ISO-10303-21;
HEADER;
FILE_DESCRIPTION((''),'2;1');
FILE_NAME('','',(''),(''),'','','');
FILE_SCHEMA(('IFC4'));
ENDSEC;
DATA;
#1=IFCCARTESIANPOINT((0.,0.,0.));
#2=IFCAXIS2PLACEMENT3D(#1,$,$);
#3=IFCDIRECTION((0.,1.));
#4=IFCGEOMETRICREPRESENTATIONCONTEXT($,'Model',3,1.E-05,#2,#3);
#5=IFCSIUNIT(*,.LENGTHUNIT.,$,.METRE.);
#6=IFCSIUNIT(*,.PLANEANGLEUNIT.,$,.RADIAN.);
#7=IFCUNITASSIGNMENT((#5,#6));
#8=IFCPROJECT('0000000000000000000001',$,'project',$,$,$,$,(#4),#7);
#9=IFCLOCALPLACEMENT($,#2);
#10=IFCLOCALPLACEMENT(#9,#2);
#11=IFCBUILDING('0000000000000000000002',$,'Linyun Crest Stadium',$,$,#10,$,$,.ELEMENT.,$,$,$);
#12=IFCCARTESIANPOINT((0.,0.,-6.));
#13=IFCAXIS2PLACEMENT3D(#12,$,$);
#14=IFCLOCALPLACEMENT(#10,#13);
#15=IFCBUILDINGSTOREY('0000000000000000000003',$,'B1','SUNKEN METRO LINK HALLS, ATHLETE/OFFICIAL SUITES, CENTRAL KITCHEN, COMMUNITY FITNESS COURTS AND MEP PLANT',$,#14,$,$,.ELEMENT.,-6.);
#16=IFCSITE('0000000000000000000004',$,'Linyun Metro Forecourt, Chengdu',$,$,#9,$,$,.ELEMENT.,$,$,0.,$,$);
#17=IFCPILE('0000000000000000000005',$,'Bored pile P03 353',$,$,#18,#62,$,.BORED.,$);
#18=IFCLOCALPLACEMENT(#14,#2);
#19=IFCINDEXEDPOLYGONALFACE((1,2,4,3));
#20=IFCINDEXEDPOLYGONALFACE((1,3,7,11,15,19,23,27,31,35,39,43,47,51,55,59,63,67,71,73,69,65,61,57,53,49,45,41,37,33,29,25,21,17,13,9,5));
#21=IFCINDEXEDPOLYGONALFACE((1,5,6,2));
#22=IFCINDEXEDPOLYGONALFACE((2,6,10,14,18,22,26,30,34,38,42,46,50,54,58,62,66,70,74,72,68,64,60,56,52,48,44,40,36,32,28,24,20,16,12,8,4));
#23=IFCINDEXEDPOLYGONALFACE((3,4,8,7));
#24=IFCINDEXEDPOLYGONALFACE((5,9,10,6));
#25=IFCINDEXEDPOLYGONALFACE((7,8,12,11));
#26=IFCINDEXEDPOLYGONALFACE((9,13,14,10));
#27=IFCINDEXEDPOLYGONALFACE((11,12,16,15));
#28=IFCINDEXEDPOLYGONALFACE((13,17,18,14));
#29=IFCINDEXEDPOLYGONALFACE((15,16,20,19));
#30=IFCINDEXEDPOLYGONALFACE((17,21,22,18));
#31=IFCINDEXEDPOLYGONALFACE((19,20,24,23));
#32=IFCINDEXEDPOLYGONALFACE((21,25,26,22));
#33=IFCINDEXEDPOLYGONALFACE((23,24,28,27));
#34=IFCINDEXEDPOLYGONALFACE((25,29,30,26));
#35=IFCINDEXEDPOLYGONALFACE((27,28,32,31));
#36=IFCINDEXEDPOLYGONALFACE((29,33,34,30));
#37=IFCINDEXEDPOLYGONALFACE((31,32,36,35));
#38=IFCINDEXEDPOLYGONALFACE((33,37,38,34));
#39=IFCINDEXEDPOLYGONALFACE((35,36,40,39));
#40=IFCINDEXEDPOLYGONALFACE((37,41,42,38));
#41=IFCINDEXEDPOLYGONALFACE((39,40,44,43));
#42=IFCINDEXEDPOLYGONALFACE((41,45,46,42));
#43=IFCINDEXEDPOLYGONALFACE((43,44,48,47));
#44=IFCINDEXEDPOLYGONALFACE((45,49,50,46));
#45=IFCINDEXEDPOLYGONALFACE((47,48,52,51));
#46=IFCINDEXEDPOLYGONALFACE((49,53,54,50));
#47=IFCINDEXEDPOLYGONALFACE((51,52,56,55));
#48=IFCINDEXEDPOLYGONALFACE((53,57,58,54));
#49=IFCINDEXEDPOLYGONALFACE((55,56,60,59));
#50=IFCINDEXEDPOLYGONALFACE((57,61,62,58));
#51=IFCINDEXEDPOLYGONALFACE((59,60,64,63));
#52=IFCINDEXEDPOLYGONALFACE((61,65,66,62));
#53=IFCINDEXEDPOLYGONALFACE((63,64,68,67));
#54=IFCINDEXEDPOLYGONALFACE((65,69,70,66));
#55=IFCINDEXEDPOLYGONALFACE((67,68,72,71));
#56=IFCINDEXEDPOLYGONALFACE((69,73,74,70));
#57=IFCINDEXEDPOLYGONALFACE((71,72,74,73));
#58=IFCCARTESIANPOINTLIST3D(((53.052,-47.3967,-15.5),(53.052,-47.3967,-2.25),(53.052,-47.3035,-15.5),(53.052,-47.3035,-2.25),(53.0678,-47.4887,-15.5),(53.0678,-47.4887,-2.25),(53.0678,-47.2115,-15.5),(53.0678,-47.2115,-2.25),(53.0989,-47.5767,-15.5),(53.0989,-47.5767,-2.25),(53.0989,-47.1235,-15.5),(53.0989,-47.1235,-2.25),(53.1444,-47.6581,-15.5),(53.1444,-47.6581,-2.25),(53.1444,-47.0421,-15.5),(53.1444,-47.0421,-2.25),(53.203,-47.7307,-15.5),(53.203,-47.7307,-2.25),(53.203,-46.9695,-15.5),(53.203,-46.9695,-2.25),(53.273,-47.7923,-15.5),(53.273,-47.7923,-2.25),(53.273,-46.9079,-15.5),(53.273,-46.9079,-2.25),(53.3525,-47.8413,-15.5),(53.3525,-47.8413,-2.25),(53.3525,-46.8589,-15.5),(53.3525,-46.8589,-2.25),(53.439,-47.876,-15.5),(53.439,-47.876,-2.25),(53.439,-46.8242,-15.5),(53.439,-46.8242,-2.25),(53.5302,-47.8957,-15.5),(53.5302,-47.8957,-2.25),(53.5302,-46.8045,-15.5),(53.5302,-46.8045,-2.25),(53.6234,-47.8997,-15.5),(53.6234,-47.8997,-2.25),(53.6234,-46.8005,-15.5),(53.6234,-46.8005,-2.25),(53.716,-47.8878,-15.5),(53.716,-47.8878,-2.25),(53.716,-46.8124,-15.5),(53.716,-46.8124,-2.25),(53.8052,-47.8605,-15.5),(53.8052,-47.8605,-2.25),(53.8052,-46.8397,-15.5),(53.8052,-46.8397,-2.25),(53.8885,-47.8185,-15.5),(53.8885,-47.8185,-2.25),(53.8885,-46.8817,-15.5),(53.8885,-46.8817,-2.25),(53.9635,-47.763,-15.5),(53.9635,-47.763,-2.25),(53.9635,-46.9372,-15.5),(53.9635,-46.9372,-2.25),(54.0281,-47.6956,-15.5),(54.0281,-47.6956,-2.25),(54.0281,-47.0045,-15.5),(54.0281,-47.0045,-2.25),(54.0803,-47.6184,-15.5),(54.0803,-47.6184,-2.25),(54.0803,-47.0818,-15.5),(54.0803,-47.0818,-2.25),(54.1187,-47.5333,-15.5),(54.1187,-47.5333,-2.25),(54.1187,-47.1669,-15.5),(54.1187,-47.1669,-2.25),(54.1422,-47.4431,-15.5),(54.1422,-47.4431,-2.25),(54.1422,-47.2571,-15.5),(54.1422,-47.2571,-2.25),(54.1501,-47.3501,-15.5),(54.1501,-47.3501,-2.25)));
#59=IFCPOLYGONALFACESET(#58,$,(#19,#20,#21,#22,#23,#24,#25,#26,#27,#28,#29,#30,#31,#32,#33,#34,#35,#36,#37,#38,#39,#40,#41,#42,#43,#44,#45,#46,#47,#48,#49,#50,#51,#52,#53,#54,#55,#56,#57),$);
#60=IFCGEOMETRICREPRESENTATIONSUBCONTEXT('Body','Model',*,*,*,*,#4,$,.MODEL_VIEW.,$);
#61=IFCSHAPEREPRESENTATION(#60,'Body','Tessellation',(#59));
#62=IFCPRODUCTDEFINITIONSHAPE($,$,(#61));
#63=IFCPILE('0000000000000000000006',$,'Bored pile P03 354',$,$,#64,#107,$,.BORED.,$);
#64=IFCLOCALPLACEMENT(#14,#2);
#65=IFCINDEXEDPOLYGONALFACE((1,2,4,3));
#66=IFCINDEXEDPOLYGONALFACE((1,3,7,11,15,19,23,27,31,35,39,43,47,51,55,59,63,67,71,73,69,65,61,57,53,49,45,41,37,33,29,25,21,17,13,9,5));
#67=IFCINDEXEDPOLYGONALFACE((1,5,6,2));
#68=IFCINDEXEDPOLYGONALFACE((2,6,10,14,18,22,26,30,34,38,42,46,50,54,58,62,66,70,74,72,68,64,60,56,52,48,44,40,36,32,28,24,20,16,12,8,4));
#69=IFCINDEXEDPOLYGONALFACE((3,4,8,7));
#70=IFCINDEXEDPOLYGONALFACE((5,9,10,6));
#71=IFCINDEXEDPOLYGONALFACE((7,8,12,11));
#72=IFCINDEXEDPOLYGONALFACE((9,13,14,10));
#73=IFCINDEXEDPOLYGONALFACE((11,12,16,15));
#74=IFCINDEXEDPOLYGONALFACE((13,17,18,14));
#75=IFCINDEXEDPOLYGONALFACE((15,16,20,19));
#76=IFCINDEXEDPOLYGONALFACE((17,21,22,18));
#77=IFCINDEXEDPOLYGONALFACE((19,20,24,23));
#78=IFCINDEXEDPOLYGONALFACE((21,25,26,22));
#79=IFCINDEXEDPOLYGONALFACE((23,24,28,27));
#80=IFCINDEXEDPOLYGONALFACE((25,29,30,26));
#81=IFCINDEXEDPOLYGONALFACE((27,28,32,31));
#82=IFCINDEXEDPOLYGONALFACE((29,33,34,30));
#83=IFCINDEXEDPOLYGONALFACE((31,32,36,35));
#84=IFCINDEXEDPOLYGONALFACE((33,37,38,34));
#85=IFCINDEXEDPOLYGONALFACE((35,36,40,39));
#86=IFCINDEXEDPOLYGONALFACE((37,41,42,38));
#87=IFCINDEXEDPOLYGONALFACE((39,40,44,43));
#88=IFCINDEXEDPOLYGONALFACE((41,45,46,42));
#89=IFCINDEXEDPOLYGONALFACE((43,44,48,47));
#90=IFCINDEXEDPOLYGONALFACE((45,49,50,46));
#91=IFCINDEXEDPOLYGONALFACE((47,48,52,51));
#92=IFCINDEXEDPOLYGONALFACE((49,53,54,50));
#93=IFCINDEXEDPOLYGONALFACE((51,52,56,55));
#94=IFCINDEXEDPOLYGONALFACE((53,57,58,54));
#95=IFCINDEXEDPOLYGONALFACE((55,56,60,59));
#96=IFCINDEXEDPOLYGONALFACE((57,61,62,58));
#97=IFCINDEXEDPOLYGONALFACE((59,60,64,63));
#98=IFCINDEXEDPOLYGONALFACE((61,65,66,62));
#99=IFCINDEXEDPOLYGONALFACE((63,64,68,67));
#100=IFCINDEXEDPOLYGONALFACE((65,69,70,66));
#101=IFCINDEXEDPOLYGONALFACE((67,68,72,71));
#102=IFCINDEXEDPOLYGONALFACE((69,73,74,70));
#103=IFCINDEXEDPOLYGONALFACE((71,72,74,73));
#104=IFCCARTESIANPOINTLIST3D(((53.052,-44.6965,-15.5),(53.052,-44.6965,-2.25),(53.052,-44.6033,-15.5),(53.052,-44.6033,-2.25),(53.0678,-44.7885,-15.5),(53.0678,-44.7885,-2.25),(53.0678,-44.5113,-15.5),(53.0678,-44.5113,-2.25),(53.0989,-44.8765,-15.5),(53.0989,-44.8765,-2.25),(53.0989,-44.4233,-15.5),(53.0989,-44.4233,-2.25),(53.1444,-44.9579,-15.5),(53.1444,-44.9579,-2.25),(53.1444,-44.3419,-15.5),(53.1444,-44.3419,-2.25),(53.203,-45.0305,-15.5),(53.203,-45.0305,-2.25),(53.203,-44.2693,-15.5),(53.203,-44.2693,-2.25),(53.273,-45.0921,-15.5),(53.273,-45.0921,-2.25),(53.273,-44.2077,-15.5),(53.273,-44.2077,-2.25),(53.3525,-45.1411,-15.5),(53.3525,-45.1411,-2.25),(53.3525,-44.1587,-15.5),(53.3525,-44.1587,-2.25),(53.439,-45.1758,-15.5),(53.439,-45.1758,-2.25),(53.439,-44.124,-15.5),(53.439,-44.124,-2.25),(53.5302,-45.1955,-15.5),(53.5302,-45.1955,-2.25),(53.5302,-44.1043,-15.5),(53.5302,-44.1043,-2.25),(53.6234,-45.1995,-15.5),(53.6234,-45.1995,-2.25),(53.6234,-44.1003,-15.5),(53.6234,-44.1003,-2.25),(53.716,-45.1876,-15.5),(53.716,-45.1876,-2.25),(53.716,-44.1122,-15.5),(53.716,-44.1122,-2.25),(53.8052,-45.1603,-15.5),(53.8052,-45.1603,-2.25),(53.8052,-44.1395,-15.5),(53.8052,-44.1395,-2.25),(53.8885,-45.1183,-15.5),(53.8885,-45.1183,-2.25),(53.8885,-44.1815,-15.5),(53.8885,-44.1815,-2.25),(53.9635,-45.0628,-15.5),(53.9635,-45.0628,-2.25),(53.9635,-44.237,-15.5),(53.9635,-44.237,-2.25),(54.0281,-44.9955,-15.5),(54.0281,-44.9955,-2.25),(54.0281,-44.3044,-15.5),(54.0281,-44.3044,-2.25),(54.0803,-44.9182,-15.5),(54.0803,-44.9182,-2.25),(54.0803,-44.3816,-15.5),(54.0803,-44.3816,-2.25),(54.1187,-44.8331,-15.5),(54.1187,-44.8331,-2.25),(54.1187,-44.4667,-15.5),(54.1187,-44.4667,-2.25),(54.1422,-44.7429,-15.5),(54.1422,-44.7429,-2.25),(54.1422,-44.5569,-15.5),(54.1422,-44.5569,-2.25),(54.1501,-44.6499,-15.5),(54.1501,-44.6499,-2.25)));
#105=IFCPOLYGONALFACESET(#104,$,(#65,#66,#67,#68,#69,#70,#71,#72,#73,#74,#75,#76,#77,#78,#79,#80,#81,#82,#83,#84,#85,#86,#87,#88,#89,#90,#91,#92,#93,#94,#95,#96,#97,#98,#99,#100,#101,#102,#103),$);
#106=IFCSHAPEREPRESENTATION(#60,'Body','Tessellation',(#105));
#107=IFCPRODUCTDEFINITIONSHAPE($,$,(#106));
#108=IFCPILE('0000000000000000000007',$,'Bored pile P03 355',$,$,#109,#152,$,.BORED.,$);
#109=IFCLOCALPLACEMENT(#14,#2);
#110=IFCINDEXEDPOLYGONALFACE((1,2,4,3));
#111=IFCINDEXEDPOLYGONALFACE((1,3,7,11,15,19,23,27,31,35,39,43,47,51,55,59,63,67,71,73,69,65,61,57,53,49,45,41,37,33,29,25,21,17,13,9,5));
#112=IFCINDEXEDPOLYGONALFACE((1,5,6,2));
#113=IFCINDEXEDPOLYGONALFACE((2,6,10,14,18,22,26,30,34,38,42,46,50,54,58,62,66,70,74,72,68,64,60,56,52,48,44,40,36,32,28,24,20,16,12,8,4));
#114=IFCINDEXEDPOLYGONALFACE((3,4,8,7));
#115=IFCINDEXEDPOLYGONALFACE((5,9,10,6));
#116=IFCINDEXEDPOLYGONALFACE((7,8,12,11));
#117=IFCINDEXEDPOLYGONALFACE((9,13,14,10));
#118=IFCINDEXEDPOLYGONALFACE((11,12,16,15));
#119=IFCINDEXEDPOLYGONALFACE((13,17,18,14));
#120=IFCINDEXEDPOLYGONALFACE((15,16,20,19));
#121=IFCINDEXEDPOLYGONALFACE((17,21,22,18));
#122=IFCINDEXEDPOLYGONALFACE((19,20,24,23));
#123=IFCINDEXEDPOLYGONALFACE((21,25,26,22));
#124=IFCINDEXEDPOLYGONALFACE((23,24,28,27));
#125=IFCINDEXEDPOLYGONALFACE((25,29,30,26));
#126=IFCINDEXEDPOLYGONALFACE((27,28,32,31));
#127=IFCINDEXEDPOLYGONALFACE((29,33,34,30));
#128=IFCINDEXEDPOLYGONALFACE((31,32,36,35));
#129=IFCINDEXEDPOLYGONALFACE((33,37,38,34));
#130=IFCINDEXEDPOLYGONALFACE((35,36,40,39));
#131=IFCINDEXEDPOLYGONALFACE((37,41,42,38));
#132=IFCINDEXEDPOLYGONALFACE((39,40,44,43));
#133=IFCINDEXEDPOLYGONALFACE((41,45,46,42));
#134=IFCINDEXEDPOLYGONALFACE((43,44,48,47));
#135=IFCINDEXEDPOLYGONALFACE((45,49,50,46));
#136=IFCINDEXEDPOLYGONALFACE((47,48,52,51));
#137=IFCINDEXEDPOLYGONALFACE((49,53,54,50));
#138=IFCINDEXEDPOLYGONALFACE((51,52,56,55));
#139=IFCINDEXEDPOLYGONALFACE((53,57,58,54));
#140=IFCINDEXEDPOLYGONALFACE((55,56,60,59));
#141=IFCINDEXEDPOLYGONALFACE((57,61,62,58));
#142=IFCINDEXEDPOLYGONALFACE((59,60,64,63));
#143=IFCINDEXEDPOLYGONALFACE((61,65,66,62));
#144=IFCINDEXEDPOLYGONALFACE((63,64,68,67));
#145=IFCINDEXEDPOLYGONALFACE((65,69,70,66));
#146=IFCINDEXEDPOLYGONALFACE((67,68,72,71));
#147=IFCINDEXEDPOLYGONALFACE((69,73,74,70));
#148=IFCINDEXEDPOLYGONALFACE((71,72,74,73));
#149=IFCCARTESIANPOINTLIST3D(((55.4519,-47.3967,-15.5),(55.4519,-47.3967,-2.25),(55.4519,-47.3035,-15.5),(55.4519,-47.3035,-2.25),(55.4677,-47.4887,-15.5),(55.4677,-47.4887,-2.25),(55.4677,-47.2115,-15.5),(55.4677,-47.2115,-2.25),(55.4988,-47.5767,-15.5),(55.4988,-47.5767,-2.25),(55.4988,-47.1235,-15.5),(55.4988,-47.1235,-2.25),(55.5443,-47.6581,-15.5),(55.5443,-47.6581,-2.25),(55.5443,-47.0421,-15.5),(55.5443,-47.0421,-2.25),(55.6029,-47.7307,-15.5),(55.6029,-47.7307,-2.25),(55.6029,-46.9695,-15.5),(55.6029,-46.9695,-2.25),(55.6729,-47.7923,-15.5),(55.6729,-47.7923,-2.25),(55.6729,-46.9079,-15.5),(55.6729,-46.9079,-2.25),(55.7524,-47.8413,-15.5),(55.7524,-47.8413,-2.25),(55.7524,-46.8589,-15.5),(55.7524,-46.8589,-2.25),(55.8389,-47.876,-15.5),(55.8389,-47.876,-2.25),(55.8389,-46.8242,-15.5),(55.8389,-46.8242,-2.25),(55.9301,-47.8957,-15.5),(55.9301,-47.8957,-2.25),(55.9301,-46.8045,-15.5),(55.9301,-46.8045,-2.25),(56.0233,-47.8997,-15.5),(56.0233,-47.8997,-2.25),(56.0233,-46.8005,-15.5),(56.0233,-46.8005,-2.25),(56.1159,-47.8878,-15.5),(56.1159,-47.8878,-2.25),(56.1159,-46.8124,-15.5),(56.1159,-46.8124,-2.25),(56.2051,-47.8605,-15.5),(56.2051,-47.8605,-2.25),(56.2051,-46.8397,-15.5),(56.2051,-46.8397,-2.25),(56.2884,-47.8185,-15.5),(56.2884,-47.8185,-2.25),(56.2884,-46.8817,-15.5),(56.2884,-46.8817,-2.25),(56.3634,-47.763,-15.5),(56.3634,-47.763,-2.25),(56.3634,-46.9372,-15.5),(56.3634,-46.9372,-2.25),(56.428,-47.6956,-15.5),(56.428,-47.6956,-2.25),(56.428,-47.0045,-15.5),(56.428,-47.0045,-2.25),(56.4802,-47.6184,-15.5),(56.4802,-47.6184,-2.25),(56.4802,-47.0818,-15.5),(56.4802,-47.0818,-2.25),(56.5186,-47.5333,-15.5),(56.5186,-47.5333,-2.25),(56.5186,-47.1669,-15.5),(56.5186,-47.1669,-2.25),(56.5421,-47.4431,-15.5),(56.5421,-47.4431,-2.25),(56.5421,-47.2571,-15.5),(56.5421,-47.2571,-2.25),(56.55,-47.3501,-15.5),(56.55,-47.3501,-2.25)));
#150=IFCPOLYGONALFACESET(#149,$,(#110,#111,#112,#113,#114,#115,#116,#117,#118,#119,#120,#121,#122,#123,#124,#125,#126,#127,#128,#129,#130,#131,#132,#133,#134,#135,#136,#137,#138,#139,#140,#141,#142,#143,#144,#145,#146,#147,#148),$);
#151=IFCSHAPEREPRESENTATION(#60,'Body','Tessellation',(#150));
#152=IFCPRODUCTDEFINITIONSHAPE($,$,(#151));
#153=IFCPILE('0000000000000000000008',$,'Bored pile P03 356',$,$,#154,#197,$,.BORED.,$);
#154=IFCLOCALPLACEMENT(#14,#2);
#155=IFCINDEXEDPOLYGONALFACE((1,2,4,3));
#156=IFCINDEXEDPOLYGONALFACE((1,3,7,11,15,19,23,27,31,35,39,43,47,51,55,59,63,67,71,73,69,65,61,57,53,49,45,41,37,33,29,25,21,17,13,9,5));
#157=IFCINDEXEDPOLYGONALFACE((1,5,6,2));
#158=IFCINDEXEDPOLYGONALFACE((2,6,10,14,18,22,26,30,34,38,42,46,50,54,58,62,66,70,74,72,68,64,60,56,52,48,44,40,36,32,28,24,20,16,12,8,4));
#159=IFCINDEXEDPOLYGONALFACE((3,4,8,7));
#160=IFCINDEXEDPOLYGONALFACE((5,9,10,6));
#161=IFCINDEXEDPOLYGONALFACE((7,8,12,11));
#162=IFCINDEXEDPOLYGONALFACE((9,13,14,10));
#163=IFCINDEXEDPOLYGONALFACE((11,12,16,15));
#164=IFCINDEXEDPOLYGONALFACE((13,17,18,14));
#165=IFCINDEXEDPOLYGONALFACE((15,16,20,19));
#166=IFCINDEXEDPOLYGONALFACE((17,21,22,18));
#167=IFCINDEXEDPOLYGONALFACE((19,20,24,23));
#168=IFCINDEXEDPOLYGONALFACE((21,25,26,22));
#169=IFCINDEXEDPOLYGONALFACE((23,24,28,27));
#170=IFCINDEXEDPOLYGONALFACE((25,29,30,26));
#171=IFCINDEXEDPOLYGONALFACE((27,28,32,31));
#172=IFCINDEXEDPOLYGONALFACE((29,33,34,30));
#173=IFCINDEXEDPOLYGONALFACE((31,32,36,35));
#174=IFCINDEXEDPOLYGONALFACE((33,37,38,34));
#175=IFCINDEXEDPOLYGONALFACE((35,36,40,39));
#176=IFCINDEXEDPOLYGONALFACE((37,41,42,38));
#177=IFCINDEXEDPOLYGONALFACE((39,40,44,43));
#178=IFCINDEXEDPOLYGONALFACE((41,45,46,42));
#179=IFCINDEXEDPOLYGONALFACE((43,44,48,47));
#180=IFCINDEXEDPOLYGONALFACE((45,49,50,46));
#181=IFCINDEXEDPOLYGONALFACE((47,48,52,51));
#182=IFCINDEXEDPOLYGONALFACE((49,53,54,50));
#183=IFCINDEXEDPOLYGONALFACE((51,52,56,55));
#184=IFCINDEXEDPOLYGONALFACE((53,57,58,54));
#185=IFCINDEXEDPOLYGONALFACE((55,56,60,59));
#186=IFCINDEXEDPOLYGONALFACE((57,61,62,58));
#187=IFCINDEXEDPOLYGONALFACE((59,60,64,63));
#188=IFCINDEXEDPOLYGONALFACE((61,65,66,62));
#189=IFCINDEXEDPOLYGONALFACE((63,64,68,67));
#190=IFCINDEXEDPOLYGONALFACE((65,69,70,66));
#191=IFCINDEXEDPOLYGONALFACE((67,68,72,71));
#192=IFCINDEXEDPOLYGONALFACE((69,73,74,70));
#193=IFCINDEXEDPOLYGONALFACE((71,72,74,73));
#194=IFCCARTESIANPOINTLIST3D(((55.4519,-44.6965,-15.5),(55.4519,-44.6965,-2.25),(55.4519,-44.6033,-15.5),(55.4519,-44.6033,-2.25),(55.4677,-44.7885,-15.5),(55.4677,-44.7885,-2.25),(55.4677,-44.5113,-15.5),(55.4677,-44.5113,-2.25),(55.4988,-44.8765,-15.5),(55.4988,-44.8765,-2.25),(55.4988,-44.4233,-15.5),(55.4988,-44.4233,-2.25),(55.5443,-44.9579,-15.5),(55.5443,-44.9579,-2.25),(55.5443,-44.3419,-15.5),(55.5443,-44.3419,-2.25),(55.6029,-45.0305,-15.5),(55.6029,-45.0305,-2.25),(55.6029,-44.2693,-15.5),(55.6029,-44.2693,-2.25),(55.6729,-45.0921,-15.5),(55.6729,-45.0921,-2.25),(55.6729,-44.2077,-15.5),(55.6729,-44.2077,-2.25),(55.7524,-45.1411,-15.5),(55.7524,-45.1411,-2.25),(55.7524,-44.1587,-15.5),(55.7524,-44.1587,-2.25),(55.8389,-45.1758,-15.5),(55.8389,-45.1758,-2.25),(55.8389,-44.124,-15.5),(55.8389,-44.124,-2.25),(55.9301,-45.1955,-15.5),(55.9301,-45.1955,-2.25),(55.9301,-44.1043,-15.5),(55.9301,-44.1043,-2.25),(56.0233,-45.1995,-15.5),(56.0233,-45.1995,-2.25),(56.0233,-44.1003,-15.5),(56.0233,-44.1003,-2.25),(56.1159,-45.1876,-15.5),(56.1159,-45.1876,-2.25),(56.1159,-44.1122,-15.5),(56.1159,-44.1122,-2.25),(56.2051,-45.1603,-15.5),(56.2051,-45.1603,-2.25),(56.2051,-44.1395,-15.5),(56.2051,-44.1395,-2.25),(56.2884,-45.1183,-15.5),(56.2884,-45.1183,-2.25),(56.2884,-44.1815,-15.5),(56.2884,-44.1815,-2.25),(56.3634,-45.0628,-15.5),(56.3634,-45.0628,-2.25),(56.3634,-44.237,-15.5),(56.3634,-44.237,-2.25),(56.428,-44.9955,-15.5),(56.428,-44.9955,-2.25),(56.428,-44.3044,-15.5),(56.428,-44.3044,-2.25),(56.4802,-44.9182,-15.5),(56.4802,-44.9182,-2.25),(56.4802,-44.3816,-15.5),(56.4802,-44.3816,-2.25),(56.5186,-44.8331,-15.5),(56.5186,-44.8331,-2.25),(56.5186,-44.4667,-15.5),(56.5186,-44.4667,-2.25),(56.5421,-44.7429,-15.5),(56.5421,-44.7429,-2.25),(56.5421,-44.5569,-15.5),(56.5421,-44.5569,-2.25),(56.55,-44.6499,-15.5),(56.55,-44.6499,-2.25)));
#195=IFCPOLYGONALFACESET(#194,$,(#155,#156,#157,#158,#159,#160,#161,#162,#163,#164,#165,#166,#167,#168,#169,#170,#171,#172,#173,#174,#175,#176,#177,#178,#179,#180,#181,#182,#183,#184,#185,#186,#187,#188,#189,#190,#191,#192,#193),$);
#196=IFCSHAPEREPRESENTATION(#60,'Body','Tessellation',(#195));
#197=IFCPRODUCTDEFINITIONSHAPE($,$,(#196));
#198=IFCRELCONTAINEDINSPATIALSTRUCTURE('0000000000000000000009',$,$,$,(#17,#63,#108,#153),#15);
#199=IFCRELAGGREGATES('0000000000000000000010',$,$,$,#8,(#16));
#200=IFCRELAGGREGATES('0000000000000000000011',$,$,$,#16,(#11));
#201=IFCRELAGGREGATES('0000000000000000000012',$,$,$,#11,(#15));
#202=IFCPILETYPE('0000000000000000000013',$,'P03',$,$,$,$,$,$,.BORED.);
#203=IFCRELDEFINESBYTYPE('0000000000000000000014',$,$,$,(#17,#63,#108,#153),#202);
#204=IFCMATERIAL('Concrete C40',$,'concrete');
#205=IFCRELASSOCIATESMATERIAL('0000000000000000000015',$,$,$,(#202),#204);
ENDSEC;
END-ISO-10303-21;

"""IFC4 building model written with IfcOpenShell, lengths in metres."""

from ifc_helpers import new_model, si_unit, direction, frame, origin, origin_2d, place, context, subcontext, project, spatial, circle, extrude, material, material_profile, profile_set, type_object, element, save


model = new_model("IFC4")

# Units and contexts
model_context = context("Model", 3, precision=1e-05, world=origin(), true_north=direction((0.0, 1.0)))
body_context = subcontext(model_context, "Body", "Model", "MODEL_VIEW")
ifc_project = project(units=[si_unit("LENGTHUNIT", "METRE"), si_unit("PLANEANGLEUNIT", "RADIAN")], contexts=[model_context])

# Site, building, storey
site_placement = place(None, origin())
site = spatial("IfcSite", under=ifc_project, at=site_placement, Name="Linyun Metro Forecourt, Chengdu", CompositionType="ELEMENT", RefElevation=0.0)
building_placement = place(site_placement, origin())
building = spatial("IfcBuilding", under=site, at=building_placement, Name="Linyun Crest Stadium", CompositionType="ELEMENT")
storey_placement = place(building_placement, frame((0.0, 0.0, -6.0)))
storey = spatial("IfcBuildingStorey", under=building, at=storey_placement, Name="B1", Description="SUNKEN METRO LINK HALLS, ATHLETE/OFFICIAL SUITES, CENTRAL KITCHEN, COMMUNITY FITNESS COURTS AND MEP PLANT", CompositionType="ELEMENT", Elevation=-6.0)

# Piles
ifc_material_1 = material(Name="Concrete C40", Category="concrete")
ifc_material_profile_1 = material_profile(ifc_material_1, circle(Radius=0.55, at=origin_2d()), Name="BORED PILE 1100")
ifc_profile_set_1 = profile_set([ifc_material_profile_1], Name="Concrete C40")
pile_type = type_object("IfcPileType", Name="P03", PredefinedType="BORED", material=ifc_profile_set_1)
for number, where, z_axis, x_axis, name in (
    (1, (53.6001, -47.3501, -2.25), (0.0, 0.0, -1.0), (1.0, 0.0, 0.0), "Bored pile P03 353"),
    (2, (53.6001, -44.6499, -2.25), (0.0, 0.0, -1.0), (1.0, 0.0, 0.0), "Bored pile P03 354"),
    (3, (56.0, -47.3501, -2.25), (0.0, 0.0, -1.0), (1.0, 0.0, 0.0), "Bored pile P03 355"),
    (4, (56.0, -44.6499, -2.25), (0.0, 0.0, -1.0), (1.0, 0.0, 0.0), "Bored pile P03 356"),
):
    element("IfcPile", number, at=place(storey_placement, frame(where, z_axis=z_axis, x_axis=x_axis)), inside=storey, type_object=pile_type, Name=name, PredefinedType="BORED", context=body_context, shape_type="SweptSolid", body=[
        extrude(circle(Radius=0.55, at=origin_2d()), origin(), (0.0, 0.0, 1.0), 13.25),
    ])

save(model, "model.ifc")
